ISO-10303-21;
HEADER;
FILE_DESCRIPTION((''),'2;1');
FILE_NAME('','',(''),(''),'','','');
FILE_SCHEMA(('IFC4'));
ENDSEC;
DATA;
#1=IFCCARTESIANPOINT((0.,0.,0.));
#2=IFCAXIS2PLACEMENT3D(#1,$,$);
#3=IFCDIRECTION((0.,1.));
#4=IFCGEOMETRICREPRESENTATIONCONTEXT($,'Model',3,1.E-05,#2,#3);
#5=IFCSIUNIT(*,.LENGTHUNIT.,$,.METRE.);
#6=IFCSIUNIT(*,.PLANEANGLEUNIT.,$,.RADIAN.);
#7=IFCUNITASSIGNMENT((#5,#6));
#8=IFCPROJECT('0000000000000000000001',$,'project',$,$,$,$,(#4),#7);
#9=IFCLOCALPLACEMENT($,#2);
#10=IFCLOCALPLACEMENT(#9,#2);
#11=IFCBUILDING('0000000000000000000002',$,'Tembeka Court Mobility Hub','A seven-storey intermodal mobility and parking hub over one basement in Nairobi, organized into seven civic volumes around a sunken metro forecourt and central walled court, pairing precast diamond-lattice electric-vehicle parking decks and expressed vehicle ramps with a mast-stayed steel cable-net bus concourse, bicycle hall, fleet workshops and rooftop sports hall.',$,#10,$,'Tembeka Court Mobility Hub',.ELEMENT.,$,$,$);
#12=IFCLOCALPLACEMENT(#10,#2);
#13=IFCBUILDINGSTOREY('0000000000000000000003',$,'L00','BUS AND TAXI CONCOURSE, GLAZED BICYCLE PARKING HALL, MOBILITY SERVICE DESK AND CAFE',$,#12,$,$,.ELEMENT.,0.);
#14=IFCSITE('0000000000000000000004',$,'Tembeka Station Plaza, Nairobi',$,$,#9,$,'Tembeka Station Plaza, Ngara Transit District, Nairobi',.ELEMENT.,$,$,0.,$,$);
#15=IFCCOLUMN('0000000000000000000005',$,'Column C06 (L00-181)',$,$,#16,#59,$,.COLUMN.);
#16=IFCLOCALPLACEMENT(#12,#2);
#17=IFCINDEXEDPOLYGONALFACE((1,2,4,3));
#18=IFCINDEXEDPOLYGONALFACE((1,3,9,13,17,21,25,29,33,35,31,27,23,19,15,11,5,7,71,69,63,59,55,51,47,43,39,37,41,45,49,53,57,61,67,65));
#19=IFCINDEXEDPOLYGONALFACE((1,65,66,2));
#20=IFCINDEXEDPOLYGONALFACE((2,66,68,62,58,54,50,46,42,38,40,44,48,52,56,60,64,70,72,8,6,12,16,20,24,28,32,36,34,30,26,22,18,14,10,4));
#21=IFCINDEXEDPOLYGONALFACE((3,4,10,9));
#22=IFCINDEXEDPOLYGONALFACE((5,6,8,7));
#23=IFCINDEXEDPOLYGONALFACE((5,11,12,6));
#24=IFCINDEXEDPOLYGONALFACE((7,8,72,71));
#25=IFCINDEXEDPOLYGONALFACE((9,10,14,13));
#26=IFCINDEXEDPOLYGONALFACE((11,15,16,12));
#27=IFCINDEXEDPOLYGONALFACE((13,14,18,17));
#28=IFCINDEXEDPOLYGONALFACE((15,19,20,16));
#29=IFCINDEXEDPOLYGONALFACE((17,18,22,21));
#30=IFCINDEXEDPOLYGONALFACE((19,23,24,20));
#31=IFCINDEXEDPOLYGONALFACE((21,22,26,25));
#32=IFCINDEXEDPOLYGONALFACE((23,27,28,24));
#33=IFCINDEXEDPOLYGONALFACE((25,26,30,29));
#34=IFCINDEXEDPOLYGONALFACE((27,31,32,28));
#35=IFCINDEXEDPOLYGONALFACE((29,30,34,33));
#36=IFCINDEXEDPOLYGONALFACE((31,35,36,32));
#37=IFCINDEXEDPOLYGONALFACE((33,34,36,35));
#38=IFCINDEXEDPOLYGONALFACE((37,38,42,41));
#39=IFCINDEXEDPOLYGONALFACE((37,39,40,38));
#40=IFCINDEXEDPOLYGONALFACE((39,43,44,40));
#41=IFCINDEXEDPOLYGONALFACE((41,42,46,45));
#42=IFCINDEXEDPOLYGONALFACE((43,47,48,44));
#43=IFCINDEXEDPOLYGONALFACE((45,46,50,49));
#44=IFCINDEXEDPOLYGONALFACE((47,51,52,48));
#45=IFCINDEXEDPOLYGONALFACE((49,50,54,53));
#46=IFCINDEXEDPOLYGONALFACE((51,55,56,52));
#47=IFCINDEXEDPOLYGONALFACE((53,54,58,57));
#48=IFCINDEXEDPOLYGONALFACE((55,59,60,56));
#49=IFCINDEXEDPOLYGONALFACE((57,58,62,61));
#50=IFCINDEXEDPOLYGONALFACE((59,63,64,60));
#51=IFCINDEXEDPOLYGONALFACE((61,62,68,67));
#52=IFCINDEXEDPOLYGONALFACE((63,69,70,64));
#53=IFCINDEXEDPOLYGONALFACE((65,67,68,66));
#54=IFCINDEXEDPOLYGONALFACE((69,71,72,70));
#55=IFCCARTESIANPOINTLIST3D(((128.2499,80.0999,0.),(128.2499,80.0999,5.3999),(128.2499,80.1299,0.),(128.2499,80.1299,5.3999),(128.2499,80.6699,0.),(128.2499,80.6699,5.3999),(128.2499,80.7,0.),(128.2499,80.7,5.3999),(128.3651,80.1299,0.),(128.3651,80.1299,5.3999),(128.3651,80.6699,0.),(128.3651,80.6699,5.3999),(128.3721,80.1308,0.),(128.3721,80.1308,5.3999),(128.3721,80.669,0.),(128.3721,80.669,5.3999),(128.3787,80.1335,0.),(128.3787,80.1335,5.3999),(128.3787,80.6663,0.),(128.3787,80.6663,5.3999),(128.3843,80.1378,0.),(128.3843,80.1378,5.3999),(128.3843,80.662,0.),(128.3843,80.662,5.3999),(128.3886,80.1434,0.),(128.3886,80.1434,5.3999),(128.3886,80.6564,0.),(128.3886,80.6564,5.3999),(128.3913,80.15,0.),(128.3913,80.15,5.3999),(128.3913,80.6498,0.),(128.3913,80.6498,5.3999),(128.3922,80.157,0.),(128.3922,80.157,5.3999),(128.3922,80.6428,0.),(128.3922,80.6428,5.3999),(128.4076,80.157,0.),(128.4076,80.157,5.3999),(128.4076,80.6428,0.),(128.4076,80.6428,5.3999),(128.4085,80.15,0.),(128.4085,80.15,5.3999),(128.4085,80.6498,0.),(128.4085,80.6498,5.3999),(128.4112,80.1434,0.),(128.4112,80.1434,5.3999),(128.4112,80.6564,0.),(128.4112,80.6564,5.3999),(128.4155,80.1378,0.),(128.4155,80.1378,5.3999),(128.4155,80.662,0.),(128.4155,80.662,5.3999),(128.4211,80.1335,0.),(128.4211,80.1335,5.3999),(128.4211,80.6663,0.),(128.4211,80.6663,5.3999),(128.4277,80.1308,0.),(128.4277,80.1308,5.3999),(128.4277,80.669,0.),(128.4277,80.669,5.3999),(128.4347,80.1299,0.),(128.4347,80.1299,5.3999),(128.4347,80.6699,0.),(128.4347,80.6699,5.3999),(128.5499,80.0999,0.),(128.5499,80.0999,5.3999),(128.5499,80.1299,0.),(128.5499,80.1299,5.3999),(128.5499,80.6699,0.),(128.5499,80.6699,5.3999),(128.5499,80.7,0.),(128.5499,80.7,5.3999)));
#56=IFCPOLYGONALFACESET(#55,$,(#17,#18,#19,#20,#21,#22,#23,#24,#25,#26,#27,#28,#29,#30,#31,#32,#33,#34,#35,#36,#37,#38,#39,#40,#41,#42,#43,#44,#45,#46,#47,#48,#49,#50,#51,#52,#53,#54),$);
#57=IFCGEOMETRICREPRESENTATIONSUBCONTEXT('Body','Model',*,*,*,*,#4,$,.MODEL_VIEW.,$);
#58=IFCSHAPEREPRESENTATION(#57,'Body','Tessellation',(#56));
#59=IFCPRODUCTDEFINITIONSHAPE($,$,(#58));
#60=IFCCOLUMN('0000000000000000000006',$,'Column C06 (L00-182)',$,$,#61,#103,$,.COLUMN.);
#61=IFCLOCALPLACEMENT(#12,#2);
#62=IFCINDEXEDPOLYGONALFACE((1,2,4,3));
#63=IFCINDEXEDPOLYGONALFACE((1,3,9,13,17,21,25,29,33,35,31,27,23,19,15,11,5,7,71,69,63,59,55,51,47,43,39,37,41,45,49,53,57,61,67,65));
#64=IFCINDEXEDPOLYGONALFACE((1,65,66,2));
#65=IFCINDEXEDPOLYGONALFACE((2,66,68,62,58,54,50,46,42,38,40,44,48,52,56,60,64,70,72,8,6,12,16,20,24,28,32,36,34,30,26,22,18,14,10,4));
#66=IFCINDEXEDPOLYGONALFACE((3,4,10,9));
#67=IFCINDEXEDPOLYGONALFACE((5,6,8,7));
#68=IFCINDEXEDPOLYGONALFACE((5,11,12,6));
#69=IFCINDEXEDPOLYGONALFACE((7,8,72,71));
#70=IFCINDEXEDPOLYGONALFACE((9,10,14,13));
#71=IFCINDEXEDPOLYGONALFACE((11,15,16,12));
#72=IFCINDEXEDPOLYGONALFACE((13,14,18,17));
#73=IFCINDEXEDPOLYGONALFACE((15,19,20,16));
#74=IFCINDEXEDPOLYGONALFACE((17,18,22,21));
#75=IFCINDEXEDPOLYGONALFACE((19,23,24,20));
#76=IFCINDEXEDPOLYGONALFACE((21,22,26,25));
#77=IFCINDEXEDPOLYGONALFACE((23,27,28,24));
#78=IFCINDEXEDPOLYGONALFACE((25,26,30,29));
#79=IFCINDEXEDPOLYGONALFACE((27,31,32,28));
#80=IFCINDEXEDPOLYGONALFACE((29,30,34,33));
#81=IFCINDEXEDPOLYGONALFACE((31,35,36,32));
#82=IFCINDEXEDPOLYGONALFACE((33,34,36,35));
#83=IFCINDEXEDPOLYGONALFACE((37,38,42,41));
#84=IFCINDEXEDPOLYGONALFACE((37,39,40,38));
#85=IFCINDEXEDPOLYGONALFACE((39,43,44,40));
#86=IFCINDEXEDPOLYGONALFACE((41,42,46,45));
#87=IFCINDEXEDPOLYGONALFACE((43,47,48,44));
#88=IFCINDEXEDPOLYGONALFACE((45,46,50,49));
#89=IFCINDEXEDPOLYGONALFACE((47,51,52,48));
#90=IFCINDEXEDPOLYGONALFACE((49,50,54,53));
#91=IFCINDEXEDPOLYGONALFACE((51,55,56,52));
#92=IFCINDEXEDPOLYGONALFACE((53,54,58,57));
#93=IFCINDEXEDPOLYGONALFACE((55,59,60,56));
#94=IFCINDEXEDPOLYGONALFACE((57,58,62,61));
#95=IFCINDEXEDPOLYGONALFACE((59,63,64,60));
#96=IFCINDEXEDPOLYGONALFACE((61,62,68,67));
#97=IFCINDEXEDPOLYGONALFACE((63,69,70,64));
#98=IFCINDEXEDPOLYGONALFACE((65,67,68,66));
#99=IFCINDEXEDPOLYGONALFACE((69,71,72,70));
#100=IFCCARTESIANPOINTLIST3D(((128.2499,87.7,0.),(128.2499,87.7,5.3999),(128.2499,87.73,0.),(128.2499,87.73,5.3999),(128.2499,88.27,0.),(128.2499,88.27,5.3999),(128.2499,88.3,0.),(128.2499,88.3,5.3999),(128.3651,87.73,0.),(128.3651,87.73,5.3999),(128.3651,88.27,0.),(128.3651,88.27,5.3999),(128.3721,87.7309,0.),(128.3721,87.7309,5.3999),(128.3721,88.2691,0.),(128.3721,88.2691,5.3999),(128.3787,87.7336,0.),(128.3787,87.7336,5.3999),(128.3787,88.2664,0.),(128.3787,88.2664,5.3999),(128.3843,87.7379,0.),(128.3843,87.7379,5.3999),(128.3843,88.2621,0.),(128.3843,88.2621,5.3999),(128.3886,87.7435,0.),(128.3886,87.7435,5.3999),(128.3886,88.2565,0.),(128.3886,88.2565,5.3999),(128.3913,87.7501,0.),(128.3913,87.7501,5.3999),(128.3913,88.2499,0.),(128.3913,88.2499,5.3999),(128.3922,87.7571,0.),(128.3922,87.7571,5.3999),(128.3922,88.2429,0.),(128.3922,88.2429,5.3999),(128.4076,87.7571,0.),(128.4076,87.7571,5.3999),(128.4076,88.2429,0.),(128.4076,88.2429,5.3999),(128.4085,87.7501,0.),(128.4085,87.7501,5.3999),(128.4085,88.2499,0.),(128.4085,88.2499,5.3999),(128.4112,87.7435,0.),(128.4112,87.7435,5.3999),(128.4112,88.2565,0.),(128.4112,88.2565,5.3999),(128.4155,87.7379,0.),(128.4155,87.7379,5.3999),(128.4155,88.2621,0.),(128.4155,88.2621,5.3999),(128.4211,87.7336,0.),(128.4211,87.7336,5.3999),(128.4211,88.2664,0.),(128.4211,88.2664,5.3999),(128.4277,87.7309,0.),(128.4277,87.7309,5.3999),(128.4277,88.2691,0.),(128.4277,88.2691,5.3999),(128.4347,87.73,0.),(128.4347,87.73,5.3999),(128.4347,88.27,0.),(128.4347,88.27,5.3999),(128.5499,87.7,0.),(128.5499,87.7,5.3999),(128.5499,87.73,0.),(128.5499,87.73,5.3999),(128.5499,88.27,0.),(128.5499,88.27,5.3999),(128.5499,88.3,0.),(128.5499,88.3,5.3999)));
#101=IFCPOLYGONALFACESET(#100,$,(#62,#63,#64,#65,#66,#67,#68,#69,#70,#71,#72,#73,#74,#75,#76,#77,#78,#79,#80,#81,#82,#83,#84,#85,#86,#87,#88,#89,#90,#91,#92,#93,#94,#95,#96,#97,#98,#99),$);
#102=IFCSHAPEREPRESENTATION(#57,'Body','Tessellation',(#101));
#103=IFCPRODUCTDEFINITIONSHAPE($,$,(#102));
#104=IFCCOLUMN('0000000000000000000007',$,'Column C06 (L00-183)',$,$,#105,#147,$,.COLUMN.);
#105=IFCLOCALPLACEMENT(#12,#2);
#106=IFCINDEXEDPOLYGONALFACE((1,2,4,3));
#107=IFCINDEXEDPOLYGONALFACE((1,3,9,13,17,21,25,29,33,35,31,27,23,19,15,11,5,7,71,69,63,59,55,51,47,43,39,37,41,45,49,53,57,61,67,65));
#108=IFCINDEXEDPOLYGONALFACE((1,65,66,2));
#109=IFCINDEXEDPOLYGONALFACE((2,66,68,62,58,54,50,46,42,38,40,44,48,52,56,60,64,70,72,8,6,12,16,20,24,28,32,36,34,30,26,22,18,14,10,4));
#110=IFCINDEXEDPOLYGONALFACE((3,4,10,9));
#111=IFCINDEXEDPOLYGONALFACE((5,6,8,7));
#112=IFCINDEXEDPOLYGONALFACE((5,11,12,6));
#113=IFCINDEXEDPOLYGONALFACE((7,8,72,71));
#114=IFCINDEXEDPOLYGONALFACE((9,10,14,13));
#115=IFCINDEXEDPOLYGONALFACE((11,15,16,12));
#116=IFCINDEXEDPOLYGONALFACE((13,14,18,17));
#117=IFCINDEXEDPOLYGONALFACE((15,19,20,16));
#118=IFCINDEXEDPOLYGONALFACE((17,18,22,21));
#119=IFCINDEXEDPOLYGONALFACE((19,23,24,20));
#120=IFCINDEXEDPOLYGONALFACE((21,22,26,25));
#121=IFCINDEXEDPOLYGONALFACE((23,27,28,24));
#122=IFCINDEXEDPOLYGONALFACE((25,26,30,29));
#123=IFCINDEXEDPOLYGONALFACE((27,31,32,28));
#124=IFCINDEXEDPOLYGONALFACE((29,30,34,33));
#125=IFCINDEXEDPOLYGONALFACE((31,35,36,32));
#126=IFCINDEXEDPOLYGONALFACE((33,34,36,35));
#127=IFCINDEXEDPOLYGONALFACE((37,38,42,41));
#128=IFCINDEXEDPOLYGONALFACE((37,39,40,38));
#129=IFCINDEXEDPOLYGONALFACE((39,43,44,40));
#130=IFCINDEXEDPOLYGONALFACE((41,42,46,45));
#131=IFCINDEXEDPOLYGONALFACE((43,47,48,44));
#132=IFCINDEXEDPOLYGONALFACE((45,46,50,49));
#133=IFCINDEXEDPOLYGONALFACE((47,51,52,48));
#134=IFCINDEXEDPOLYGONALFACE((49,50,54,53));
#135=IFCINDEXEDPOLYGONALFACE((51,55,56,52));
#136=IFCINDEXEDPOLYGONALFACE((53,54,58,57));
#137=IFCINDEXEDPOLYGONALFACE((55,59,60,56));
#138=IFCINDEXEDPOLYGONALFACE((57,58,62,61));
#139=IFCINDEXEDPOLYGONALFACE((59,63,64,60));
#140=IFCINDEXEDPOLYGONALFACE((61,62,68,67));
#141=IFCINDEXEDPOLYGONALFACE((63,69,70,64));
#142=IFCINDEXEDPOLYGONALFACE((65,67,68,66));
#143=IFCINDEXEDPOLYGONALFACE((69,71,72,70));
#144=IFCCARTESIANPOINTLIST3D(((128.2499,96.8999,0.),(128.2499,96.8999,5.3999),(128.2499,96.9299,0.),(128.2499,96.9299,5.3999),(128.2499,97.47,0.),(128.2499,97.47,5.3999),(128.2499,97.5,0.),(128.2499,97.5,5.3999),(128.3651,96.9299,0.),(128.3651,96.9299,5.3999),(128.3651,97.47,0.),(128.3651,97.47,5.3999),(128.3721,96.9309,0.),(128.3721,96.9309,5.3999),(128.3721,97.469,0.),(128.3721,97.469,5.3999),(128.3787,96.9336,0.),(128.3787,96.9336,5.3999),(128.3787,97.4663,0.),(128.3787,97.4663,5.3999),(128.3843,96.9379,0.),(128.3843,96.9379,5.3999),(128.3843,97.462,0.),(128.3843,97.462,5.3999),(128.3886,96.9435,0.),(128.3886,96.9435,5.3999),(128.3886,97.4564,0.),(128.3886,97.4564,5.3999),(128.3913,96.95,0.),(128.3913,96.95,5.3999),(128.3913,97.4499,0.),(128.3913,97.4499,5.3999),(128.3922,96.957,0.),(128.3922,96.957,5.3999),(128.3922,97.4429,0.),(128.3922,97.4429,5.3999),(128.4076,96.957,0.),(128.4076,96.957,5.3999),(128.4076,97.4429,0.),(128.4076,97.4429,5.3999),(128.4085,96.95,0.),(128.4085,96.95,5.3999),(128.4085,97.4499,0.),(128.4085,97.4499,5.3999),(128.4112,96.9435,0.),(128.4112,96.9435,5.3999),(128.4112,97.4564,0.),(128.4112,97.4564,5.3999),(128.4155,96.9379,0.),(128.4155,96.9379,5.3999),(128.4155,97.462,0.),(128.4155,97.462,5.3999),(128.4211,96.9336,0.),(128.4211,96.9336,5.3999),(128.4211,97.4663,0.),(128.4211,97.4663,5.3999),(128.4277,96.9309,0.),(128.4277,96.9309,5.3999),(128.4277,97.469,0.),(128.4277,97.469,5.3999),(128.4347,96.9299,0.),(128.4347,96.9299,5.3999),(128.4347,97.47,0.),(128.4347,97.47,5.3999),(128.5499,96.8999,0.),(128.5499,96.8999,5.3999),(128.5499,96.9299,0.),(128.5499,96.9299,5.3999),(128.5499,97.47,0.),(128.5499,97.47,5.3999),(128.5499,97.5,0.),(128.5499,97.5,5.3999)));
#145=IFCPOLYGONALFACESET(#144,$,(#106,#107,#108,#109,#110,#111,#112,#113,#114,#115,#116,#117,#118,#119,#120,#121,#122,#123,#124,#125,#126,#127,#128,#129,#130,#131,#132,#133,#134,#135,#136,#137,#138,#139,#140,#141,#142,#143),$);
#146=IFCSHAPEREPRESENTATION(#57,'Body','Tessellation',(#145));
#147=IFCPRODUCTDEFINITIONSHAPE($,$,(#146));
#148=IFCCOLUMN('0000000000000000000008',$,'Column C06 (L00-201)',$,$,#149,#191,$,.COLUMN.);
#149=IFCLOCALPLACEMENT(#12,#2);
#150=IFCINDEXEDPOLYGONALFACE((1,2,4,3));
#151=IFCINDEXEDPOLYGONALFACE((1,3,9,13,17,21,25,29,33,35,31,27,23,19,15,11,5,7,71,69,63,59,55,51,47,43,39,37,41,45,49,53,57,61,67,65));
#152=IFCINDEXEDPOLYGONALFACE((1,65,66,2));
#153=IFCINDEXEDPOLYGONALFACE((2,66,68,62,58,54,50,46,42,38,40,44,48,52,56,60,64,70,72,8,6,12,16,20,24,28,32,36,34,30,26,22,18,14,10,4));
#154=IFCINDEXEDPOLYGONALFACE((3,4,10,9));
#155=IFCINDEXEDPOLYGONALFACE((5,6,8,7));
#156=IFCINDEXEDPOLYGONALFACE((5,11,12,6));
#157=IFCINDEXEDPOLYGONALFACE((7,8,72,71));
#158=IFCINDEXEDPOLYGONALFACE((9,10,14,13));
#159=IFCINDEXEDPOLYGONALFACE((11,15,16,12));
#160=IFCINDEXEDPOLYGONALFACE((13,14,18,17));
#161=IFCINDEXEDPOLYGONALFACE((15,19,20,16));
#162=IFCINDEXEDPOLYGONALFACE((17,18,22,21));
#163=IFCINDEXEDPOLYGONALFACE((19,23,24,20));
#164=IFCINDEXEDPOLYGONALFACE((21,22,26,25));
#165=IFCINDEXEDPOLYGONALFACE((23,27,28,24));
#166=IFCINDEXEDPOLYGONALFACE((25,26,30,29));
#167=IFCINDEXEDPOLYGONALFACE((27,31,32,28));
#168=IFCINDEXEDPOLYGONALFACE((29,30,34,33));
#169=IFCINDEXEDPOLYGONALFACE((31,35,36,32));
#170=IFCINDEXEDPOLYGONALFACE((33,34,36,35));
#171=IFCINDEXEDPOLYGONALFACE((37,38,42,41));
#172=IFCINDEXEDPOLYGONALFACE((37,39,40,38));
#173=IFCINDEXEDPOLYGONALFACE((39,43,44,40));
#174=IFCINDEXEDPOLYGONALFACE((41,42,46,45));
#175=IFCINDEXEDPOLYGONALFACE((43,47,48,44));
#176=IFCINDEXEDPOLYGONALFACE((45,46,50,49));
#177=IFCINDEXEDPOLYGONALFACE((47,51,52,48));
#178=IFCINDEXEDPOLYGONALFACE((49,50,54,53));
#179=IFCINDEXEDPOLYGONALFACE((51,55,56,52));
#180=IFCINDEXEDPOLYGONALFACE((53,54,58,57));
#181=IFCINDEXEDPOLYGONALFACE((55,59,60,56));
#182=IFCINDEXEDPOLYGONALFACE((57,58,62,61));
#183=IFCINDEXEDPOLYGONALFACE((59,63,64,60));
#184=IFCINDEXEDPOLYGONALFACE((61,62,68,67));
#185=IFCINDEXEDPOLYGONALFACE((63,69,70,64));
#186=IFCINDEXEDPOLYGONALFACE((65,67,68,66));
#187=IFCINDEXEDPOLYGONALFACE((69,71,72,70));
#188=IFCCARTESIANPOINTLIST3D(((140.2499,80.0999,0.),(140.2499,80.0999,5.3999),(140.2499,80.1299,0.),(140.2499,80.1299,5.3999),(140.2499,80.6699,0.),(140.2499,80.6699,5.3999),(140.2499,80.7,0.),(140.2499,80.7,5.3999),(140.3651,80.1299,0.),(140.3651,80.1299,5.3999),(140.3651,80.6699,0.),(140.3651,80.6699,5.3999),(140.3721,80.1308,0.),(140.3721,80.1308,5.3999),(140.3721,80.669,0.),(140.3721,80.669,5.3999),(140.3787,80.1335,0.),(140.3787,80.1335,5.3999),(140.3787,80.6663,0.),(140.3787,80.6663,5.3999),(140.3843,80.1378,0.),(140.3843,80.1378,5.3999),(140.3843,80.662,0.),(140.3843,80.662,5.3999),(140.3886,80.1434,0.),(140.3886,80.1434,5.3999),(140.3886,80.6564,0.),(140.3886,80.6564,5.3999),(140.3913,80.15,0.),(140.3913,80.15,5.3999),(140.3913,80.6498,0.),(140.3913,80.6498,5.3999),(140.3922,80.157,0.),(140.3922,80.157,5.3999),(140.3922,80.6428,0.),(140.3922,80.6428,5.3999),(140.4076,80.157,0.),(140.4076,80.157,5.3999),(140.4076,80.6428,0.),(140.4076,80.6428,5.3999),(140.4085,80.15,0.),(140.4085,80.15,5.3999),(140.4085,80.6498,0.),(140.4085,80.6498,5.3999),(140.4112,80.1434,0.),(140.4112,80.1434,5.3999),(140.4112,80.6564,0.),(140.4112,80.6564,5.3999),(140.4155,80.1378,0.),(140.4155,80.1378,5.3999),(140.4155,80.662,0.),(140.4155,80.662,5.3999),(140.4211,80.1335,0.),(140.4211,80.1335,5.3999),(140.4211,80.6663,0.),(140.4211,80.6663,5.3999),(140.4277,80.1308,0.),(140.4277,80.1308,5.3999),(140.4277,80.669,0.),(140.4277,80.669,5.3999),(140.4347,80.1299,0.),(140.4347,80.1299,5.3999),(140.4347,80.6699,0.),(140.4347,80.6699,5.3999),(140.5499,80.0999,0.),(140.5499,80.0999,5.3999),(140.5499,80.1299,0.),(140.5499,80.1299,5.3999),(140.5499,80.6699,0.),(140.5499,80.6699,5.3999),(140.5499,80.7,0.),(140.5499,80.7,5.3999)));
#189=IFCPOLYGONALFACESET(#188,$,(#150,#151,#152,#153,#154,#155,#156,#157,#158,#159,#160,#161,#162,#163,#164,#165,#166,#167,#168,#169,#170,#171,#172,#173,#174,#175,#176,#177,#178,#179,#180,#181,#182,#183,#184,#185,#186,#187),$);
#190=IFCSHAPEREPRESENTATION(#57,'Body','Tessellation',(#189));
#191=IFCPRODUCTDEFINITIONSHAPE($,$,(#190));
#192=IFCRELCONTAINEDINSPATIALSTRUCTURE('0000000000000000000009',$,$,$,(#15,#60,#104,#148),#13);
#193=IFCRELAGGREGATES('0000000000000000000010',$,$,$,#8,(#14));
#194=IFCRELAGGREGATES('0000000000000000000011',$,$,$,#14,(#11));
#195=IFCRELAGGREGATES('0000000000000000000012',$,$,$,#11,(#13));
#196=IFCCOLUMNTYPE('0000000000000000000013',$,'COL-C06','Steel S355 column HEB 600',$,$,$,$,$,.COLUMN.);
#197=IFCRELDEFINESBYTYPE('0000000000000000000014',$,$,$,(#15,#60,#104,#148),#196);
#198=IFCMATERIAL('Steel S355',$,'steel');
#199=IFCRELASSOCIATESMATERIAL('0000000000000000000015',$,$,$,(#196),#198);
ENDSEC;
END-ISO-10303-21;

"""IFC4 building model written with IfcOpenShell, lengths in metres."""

from ifc_helpers import new_model, si_unit, direction, frame, origin, origin_2d, place, context, subcontext, project, spatial, i_section, extrude, material, material_profile, profile_set, type_object, element, save


model = new_model("IFC4")

# Units and contexts
model_context = context("Model", 3, precision=1e-05, world=origin(), true_north=direction((0.0, 1.0)))
body_context = subcontext(model_context, "Body", "Model", "MODEL_VIEW")
ifc_project = project(units=[si_unit("LENGTHUNIT", "METRE"), si_unit("PLANEANGLEUNIT", "RADIAN")], contexts=[model_context])

# Site, building, storey
site_placement = place(None, origin())
site = spatial("IfcSite", under=ifc_project, at=site_placement, Name="Tembeka Station Plaza, Nairobi", LongName="Tembeka Station Plaza, Ngara Transit District, Nairobi", CompositionType="ELEMENT", RefElevation=0.0)
building_placement = place(site_placement, origin())
building = spatial("IfcBuilding", under=site, at=building_placement, Name="Tembeka Court Mobility Hub", Description="A seven-storey intermodal mobility and parking hub over one basement in Nairobi, organized into seven civic volumes around a sunken metro forecourt and central walled court, pairing precast diamond-lattice electric-vehicle parking decks and expressed vehicle ramps with a mast-stayed steel cable-net bus concourse, bicycle hall, fleet workshops and rooftop sports hall.", LongName="Tembeka Court Mobility Hub", CompositionType="ELEMENT")
storey_placement = place(building_placement, origin())
storey = spatial("IfcBuildingStorey", under=building, at=storey_placement, Name="L00", Description="BUS AND TAXI CONCOURSE, GLAZED BICYCLE PARKING HALL, MOBILITY SERVICE DESK AND CAFE", CompositionType="ELEMENT", Elevation=0.0)

# Columns
ifc_material_1 = material(Name="Steel S355", Category="steel")
ifc_material_profile_1 = material_profile(ifc_material_1, i_section(OverallWidth=0.3, OverallDepth=0.6001, WebThickness=0.0154, FlangeThickness=0.03, FilletRadius=0.0271, at=origin_2d()), Name="HEB 600")
ifc_profile_set_1 = profile_set([ifc_material_profile_1], Name="Steel S355")
column_type_1 = type_object("IfcColumnType", Name="COL-C06", Description="Steel S355 column HEB 600", PredefinedType="COLUMN", material=ifc_profile_set_1)
for number, where, z_axis, x_axis, name in (
    (1, (128.3999, 80.3999, 0.0), (0.0, 0.0, 1.0), (1.0, 0.0, 0.0), "Column C06 (L00-181)"),
    (2, (128.3999, 88.0, 0.0), (0.0, 0.0, 1.0), (1.0, 0.0, 0.0), "Column C06 (L00-182)"),
    (3, (128.3999, 97.2, 0.0), (0.0, 0.0, 1.0), (1.0, 0.0, 0.0), "Column C06 (L00-183)"),
    (4, (140.3999, 80.3999, 0.0), (0.0, 0.0, 1.0), (1.0, 0.0, 0.0), "Column C06 (L00-201)"),
):
    element("IfcColumn", number, at=place(storey_placement, frame(where, z_axis=z_axis, x_axis=x_axis)), inside=storey, type_object=column_type_1, Name=name, PredefinedType="COLUMN", context=body_context, shape_type="SweptSolid", body=[
        extrude(i_section(OverallWidth=0.3, OverallDepth=0.6001, WebThickness=0.0154, FlangeThickness=0.03, FilletRadius=0.0271, at=origin_2d()), origin(), (0.0, 0.0, 1.0), 5.3999),
    ])

save(model, "model.ifc")
